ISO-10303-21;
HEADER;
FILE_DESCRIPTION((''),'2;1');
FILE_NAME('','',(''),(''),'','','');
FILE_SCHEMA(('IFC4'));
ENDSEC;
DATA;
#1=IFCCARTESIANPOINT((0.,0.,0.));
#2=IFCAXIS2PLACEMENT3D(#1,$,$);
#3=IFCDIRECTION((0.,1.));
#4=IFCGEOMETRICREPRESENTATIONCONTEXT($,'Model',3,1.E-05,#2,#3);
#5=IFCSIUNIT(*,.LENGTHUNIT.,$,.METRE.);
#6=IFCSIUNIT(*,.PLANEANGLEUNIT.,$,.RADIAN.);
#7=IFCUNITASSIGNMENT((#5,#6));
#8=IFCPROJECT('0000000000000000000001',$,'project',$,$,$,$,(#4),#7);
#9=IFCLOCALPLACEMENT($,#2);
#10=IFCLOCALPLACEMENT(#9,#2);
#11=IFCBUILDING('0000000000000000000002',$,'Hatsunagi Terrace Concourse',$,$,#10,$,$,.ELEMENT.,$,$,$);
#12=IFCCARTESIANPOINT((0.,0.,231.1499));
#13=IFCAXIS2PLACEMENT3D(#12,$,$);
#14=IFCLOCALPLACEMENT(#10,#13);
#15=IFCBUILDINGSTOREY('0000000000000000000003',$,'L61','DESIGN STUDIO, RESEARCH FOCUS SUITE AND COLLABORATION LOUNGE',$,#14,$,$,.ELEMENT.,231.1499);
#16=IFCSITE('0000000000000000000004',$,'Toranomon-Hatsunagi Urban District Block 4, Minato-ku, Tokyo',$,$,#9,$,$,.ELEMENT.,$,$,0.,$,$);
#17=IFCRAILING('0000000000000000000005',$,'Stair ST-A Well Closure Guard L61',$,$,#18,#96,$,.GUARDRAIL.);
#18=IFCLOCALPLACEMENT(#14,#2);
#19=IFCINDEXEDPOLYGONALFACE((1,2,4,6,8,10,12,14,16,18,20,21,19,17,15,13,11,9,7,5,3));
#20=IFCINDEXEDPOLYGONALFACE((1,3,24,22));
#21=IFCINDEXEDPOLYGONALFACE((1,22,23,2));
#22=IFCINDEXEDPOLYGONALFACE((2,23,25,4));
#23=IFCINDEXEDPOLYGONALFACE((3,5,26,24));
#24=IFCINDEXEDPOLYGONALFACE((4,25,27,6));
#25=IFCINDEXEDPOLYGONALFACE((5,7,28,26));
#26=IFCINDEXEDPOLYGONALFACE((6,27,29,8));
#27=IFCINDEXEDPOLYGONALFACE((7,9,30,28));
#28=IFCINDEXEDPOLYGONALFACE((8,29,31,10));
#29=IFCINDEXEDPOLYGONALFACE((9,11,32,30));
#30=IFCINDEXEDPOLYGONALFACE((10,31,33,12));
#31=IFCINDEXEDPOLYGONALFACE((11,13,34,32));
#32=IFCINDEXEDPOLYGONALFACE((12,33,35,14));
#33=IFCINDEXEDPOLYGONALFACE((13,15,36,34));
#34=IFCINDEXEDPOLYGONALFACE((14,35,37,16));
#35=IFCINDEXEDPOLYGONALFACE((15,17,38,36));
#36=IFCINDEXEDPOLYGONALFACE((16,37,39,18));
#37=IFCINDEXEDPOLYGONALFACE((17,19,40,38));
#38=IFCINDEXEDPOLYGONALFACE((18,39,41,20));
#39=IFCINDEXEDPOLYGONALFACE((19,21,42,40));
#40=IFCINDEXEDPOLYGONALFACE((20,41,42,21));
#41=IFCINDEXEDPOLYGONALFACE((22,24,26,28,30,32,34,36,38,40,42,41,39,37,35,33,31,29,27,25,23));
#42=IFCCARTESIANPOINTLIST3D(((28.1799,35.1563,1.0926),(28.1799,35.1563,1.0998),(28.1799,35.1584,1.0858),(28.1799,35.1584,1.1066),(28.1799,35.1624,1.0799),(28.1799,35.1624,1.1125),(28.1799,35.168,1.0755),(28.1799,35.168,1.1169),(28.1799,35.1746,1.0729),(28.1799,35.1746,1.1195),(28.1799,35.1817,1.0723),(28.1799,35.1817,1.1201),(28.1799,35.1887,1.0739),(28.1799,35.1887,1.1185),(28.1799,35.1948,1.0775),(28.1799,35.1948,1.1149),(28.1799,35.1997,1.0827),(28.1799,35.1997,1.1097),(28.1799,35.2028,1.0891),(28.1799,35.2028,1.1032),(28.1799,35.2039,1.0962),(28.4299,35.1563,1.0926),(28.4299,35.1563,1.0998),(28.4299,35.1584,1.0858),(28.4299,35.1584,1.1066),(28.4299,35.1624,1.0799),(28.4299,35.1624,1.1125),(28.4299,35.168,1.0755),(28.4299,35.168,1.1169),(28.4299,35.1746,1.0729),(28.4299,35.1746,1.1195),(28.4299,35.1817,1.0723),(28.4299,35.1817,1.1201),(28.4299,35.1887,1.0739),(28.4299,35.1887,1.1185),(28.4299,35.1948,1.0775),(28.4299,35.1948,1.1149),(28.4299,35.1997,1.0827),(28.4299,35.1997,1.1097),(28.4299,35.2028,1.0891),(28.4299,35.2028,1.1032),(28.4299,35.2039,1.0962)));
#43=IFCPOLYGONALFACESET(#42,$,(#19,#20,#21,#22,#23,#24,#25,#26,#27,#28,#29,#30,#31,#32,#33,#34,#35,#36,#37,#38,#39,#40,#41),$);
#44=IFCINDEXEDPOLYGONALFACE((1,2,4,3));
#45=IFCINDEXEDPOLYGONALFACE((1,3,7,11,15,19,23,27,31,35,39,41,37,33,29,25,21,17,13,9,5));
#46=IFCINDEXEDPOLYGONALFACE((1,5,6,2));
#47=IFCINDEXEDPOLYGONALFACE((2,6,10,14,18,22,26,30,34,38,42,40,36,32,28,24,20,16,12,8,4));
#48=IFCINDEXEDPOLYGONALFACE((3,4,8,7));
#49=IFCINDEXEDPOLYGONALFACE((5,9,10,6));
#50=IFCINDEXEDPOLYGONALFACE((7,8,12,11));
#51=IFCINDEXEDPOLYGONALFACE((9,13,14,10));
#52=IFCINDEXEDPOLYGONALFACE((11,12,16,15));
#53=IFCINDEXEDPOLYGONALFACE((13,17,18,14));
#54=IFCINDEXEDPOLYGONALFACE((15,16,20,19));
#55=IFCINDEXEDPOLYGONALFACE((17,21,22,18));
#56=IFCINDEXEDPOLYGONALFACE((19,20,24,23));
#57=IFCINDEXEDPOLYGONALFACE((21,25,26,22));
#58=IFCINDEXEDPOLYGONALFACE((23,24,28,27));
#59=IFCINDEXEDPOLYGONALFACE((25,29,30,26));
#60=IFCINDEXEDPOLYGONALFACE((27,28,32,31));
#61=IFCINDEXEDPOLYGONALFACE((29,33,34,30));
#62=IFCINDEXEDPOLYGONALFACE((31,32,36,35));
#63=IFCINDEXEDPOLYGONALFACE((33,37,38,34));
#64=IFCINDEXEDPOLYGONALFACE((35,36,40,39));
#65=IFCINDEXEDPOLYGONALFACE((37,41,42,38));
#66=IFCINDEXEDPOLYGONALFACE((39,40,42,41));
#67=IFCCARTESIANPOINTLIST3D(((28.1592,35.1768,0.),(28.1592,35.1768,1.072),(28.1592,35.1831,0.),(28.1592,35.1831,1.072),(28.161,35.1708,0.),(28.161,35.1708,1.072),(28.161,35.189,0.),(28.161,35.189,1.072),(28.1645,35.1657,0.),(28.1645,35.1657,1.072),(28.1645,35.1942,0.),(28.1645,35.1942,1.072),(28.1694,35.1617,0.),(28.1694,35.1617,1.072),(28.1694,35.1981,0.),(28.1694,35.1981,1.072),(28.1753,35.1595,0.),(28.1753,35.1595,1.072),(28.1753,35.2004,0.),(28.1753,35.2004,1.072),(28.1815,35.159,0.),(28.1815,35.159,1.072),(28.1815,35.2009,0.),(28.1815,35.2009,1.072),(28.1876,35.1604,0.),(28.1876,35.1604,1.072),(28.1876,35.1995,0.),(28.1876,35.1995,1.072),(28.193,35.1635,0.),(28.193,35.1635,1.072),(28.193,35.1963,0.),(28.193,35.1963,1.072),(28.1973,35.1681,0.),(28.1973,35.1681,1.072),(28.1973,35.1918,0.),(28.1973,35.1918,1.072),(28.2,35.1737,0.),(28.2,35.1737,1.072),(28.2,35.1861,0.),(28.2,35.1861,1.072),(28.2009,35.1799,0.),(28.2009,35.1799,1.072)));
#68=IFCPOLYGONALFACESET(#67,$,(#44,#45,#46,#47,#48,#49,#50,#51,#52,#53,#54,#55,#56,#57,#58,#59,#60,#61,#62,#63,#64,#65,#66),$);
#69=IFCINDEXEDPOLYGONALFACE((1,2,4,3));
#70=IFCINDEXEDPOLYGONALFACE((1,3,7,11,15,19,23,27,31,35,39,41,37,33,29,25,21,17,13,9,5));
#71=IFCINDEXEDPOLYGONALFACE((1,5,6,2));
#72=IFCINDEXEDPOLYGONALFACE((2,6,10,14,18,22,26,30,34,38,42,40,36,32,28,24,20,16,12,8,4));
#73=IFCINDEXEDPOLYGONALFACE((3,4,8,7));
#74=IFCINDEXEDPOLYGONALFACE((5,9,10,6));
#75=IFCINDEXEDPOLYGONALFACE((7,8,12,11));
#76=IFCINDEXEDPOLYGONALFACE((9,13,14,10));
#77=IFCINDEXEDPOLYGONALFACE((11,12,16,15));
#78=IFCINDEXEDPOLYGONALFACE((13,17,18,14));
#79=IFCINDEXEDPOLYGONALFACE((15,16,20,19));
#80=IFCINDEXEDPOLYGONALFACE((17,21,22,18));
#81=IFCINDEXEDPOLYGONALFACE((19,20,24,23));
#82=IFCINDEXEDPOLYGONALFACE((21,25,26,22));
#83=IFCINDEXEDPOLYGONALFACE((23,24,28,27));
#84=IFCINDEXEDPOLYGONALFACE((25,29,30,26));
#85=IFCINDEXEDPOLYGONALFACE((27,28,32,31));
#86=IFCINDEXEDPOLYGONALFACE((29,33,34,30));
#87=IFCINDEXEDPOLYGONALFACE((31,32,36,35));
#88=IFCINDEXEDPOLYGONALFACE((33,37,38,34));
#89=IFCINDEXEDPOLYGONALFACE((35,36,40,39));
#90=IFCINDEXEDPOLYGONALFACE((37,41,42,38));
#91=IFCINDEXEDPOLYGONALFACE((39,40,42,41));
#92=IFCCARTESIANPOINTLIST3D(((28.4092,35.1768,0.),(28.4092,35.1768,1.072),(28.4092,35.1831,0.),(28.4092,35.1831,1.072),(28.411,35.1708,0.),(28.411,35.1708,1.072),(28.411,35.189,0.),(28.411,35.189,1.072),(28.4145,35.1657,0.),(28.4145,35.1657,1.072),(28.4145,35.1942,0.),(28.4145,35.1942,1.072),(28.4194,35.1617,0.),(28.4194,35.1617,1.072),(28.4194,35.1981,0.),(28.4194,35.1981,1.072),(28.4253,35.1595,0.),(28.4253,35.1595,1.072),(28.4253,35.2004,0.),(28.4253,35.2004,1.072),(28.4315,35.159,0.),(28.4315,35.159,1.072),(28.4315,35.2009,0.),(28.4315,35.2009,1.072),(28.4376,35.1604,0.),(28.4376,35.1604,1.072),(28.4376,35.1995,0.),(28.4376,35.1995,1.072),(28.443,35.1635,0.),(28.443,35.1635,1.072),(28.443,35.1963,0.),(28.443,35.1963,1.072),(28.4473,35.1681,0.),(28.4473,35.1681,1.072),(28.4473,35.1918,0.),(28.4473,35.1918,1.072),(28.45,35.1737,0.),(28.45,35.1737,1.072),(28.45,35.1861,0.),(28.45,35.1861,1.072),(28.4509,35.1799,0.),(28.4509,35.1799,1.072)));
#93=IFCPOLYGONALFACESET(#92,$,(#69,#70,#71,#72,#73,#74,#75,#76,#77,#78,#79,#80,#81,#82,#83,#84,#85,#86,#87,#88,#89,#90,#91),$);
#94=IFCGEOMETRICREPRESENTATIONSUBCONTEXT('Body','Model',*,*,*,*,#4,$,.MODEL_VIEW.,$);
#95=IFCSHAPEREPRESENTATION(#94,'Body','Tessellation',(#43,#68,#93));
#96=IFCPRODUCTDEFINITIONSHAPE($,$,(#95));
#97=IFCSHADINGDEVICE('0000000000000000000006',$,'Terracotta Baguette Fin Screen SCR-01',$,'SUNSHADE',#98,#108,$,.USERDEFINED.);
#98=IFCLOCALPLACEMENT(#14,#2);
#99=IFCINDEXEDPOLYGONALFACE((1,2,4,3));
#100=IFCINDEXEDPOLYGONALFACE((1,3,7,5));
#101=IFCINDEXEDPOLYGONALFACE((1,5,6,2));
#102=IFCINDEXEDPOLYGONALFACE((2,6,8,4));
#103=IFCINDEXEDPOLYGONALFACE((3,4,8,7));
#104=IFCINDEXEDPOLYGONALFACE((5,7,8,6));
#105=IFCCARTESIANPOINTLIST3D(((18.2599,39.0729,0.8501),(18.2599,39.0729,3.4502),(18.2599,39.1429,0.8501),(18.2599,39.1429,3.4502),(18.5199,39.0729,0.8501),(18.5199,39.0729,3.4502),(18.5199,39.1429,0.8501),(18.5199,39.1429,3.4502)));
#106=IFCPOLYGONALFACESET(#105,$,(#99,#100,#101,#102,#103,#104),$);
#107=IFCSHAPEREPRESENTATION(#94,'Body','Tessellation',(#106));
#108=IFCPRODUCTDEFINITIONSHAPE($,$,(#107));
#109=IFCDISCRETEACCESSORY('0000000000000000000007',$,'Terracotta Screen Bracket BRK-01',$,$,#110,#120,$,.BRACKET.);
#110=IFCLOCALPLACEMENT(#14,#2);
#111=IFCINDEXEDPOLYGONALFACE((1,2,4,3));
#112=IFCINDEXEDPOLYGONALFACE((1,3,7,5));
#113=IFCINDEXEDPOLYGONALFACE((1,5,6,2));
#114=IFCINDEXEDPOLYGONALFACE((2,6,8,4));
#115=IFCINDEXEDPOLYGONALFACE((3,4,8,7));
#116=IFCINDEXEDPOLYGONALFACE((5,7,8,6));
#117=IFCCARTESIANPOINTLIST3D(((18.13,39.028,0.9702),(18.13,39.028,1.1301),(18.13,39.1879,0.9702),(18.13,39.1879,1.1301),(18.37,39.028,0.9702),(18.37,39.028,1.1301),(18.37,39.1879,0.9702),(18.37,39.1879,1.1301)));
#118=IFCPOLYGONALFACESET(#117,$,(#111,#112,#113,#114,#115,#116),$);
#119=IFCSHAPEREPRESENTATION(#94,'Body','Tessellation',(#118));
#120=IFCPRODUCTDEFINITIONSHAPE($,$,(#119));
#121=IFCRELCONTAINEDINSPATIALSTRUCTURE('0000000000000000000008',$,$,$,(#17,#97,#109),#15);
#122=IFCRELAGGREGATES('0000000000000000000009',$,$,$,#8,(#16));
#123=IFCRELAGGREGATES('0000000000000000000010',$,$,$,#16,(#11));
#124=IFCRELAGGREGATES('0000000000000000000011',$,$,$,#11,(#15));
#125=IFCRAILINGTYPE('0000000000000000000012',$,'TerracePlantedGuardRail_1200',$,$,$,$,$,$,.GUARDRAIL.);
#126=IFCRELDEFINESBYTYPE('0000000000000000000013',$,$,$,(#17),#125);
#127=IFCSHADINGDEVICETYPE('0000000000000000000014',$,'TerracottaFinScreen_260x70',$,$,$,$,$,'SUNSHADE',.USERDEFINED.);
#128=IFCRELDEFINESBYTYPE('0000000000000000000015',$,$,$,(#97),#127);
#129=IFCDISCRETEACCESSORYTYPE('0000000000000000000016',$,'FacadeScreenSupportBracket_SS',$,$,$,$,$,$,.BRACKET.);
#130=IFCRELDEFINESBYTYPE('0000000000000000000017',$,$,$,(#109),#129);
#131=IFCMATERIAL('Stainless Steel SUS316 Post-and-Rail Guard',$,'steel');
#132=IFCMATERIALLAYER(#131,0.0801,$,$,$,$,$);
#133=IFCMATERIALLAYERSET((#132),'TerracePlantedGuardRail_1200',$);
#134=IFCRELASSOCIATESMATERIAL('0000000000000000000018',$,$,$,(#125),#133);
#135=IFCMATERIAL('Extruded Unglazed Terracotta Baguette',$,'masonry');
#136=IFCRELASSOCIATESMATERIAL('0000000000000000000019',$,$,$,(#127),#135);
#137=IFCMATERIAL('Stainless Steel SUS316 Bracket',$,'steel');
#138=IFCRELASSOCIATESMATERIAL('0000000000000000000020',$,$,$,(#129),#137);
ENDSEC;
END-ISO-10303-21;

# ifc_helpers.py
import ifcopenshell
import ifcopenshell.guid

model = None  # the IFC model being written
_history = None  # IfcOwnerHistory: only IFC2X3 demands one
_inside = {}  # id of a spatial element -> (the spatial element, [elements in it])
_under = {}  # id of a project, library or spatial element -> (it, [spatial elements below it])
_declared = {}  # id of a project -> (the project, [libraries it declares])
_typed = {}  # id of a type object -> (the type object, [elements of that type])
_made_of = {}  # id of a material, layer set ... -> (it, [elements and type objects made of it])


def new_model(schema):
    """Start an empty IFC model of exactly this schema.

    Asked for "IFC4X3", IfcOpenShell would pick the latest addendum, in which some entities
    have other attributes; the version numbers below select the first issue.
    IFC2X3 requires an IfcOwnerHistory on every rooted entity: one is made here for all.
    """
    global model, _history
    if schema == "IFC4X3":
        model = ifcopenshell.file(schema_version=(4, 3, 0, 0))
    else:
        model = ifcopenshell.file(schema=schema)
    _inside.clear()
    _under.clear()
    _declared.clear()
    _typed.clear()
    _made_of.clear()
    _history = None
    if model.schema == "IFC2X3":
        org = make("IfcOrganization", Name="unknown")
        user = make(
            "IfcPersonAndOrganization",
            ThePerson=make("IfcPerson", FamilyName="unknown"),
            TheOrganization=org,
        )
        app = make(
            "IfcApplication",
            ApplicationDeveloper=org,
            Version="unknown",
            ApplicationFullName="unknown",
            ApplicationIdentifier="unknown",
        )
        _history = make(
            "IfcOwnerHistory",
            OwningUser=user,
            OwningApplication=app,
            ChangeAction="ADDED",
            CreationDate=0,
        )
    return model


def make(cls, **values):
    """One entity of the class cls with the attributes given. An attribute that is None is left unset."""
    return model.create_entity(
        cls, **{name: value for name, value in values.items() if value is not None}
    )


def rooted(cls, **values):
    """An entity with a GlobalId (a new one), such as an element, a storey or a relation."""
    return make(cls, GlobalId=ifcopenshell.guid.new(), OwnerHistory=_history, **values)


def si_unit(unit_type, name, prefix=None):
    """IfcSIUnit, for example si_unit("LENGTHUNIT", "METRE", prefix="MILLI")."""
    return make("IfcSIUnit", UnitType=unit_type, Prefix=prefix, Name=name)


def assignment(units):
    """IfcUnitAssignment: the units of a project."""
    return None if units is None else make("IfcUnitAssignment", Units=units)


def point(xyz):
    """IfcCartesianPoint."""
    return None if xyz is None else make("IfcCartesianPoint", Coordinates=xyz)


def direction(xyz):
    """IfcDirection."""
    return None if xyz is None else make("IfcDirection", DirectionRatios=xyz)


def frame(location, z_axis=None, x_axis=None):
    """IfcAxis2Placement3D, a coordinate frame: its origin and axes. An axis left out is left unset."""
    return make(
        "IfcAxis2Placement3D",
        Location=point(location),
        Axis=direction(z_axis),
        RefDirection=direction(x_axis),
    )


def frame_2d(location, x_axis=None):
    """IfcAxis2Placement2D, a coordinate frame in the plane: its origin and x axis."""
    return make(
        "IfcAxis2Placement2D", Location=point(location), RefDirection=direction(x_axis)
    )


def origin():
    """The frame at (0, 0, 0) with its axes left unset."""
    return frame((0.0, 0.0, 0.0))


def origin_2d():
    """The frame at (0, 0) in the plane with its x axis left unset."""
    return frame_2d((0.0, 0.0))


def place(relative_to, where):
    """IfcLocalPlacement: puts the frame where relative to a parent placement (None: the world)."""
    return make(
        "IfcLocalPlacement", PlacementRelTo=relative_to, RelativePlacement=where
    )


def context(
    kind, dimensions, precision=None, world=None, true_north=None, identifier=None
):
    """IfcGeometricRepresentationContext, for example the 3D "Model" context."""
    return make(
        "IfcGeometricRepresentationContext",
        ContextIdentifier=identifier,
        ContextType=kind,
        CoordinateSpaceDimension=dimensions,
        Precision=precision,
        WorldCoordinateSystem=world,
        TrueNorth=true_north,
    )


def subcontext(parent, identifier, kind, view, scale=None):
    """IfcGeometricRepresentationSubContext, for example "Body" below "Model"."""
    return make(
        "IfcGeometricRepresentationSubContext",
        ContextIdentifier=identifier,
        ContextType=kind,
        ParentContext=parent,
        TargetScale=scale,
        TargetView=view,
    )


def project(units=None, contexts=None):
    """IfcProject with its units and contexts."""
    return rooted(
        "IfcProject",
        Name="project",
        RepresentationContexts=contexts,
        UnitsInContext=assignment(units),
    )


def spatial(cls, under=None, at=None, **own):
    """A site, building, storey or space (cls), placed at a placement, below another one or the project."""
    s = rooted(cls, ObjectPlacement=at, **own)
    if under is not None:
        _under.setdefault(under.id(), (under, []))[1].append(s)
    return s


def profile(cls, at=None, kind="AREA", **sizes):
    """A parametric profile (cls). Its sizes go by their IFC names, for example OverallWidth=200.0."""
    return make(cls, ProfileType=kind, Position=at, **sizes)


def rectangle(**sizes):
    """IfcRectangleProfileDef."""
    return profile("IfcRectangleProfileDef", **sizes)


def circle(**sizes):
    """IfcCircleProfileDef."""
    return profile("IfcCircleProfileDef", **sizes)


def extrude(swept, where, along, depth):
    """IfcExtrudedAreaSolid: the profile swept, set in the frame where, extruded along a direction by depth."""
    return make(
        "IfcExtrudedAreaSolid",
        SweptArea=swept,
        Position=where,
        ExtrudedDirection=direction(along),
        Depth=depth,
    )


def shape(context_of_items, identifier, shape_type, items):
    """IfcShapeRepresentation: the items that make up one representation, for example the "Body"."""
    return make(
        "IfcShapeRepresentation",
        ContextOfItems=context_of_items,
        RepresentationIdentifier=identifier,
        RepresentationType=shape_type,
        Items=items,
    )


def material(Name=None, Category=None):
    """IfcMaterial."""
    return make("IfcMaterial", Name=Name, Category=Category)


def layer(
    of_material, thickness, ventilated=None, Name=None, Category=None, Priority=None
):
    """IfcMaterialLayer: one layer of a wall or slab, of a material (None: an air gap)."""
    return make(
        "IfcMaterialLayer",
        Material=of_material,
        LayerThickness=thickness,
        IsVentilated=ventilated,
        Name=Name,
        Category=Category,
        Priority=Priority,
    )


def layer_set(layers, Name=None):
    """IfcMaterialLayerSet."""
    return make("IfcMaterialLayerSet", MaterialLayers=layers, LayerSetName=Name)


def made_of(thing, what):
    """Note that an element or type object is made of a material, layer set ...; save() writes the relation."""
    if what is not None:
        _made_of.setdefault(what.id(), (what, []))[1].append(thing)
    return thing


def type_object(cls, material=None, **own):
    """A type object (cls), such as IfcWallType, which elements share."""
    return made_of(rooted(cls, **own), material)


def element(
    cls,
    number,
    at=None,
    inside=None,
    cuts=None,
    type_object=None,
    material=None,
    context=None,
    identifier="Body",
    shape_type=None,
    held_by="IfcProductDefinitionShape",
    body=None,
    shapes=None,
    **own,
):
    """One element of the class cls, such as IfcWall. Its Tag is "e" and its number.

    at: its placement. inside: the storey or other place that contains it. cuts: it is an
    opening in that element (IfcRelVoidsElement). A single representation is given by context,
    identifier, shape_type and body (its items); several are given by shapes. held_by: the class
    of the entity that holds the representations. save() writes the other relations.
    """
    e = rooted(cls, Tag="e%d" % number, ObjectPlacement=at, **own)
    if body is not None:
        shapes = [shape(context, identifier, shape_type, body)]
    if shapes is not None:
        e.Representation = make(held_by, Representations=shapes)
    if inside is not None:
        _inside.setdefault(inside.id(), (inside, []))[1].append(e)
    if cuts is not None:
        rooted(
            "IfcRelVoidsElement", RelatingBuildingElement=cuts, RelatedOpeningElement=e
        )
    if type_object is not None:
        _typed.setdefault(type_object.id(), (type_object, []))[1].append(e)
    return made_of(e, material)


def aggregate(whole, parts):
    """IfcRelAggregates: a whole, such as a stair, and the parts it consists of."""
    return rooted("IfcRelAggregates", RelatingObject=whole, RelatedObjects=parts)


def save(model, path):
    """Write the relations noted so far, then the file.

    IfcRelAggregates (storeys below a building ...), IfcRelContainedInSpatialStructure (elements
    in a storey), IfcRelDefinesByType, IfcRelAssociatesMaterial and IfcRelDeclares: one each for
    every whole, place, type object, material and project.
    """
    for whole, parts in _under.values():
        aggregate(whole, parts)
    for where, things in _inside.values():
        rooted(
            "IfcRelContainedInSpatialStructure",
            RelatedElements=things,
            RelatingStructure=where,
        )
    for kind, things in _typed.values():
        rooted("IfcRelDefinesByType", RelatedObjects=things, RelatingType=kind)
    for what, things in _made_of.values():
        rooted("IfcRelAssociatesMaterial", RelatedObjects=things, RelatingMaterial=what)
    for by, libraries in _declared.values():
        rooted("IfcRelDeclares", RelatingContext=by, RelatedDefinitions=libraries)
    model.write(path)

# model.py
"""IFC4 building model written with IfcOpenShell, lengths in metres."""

from ifc_helpers import new_model, si_unit, direction, frame, origin, origin_2d, place, context, subcontext, project, spatial, rectangle, circle, extrude, material, layer, layer_set, type_object, element, save


model = new_model("IFC4")

# Units and contexts
model_context = context("Model", 3, precision=1e-05, world=origin(), true_north=direction((0.0, 1.0)))
body_context = subcontext(model_context, "Body", "Model", "MODEL_VIEW")
ifc_project = project(units=[si_unit("LENGTHUNIT", "METRE"), si_unit("PLANEANGLEUNIT", "RADIAN")], contexts=[model_context])

# Site, building, storey
site_placement = place(None, origin())
site = spatial("IfcSite", under=ifc_project, at=site_placement, Name="Toranomon-Hatsunagi Urban District Block 4, Minato-ku, Tokyo", CompositionType="ELEMENT", RefElevation=0.0)
building_placement = place(site_placement, origin())
building = spatial("IfcBuilding", under=site, at=building_placement, Name="Hatsunagi Terrace Concourse", CompositionType="ELEMENT")
storey_placement = place(building_placement, frame((0.0, 0.0, 231.1499)))
storey = spatial("IfcBuildingStorey", under=building, at=storey_placement, Name="L61", Description="DESIGN STUDIO, RESEARCH FOCUS SUITE AND COLLABORATION LOUNGE", CompositionType="ELEMENT", Elevation=231.1499)

# Railing
ifc_material_1 = material(Name="Stainless Steel SUS316 Post-and-Rail Guard", Category="steel")
ifc_layer_1 = layer(ifc_material_1, 0.0801)
ifc_layer_set_1 = layer_set([ifc_layer_1], Name="TerracePlantedGuardRail_1200")
railing_type_1 = type_object("IfcRailingType", Name="TerracePlantedGuardRail_1200", PredefinedType="GUARDRAIL", material=ifc_layer_set_1)
railing_1_placement = place(storey_placement, frame((28.1799, 35.1799, 0.0)))
element("IfcRailing", 1, at=railing_1_placement, inside=storey, type_object=railing_type_1, Name="Stair ST-A Well Closure Guard L61", PredefinedType="GUARDRAIL", context=body_context, shape_type="SweptSolid", body=[
    extrude(circle(Radius=0.0239, at=origin_2d()), frame((0.0, 0.0, 1.0962), z_axis=(1.0, 0.0, 0.0), x_axis=(0.0, 1.0, 0.0)), (0.0, 0.0, 1.0), 0.25),
    extrude(circle(Radius=0.021, at=origin_2d()), origin(), (0.0, 0.0, 1.0), 1.072),
    extrude(circle(Radius=0.021, at=origin_2d()), frame((0.25, 0.0, 0.0)), (0.0, 0.0, 1.0), 1.072),
])

# Shading device
ifc_material_2 = material(Name="Extruded Unglazed Terracotta Baguette", Category="masonry")
shading_device_type = type_object("IfcShadingDeviceType", Name="TerracottaFinScreen_260x70", ElementType="SUNSHADE", PredefinedType="USERDEFINED", material=ifc_material_2)
shading_device_placement = place(storey_placement, frame((18.3899, 39.1079, 0.8501), z_axis=(0.0, 0.0, 1.0), x_axis=(0.0, 1.0, 0.0)))
element("IfcShadingDevice", 2, at=shading_device_placement, inside=storey, type_object=shading_device_type, Name="Terracotta Baguette Fin Screen SCR-01", ObjectType="SUNSHADE", PredefinedType="USERDEFINED", context=body_context, shape_type="SweptSolid", body=[
    extrude(rectangle(XDim=0.0701, YDim=0.26, at=origin_2d()), origin(), (0.0, 0.0, 1.0), 2.6001),
])

# Discrete accessory
ifc_material_3 = material(Name="Stainless Steel SUS316 Bracket", Category="steel")
discrete_accessory_type = type_object("IfcDiscreteAccessoryType", Name="FacadeScreenSupportBracket_SS", PredefinedType="BRACKET", material=ifc_material_3)
discrete_accessory_placement = place(storey_placement, frame((18.25, 39.1079, 0.9702), z_axis=(0.0, 0.0, 1.0), x_axis=(0.0, 1.0, 0.0)))
element("IfcDiscreteAccessory", 3, at=discrete_accessory_placement, inside=storey, type_object=discrete_accessory_type, Name="Terracotta Screen Bracket BRK-01", PredefinedType="BRACKET", context=body_context, shape_type="SweptSolid", body=[
    extrude(rectangle(XDim=0.1599, YDim=0.24, at=origin_2d()), origin(), (0.0, 0.0, 1.0), 0.1599),
])

save(model, "model.ifc")
